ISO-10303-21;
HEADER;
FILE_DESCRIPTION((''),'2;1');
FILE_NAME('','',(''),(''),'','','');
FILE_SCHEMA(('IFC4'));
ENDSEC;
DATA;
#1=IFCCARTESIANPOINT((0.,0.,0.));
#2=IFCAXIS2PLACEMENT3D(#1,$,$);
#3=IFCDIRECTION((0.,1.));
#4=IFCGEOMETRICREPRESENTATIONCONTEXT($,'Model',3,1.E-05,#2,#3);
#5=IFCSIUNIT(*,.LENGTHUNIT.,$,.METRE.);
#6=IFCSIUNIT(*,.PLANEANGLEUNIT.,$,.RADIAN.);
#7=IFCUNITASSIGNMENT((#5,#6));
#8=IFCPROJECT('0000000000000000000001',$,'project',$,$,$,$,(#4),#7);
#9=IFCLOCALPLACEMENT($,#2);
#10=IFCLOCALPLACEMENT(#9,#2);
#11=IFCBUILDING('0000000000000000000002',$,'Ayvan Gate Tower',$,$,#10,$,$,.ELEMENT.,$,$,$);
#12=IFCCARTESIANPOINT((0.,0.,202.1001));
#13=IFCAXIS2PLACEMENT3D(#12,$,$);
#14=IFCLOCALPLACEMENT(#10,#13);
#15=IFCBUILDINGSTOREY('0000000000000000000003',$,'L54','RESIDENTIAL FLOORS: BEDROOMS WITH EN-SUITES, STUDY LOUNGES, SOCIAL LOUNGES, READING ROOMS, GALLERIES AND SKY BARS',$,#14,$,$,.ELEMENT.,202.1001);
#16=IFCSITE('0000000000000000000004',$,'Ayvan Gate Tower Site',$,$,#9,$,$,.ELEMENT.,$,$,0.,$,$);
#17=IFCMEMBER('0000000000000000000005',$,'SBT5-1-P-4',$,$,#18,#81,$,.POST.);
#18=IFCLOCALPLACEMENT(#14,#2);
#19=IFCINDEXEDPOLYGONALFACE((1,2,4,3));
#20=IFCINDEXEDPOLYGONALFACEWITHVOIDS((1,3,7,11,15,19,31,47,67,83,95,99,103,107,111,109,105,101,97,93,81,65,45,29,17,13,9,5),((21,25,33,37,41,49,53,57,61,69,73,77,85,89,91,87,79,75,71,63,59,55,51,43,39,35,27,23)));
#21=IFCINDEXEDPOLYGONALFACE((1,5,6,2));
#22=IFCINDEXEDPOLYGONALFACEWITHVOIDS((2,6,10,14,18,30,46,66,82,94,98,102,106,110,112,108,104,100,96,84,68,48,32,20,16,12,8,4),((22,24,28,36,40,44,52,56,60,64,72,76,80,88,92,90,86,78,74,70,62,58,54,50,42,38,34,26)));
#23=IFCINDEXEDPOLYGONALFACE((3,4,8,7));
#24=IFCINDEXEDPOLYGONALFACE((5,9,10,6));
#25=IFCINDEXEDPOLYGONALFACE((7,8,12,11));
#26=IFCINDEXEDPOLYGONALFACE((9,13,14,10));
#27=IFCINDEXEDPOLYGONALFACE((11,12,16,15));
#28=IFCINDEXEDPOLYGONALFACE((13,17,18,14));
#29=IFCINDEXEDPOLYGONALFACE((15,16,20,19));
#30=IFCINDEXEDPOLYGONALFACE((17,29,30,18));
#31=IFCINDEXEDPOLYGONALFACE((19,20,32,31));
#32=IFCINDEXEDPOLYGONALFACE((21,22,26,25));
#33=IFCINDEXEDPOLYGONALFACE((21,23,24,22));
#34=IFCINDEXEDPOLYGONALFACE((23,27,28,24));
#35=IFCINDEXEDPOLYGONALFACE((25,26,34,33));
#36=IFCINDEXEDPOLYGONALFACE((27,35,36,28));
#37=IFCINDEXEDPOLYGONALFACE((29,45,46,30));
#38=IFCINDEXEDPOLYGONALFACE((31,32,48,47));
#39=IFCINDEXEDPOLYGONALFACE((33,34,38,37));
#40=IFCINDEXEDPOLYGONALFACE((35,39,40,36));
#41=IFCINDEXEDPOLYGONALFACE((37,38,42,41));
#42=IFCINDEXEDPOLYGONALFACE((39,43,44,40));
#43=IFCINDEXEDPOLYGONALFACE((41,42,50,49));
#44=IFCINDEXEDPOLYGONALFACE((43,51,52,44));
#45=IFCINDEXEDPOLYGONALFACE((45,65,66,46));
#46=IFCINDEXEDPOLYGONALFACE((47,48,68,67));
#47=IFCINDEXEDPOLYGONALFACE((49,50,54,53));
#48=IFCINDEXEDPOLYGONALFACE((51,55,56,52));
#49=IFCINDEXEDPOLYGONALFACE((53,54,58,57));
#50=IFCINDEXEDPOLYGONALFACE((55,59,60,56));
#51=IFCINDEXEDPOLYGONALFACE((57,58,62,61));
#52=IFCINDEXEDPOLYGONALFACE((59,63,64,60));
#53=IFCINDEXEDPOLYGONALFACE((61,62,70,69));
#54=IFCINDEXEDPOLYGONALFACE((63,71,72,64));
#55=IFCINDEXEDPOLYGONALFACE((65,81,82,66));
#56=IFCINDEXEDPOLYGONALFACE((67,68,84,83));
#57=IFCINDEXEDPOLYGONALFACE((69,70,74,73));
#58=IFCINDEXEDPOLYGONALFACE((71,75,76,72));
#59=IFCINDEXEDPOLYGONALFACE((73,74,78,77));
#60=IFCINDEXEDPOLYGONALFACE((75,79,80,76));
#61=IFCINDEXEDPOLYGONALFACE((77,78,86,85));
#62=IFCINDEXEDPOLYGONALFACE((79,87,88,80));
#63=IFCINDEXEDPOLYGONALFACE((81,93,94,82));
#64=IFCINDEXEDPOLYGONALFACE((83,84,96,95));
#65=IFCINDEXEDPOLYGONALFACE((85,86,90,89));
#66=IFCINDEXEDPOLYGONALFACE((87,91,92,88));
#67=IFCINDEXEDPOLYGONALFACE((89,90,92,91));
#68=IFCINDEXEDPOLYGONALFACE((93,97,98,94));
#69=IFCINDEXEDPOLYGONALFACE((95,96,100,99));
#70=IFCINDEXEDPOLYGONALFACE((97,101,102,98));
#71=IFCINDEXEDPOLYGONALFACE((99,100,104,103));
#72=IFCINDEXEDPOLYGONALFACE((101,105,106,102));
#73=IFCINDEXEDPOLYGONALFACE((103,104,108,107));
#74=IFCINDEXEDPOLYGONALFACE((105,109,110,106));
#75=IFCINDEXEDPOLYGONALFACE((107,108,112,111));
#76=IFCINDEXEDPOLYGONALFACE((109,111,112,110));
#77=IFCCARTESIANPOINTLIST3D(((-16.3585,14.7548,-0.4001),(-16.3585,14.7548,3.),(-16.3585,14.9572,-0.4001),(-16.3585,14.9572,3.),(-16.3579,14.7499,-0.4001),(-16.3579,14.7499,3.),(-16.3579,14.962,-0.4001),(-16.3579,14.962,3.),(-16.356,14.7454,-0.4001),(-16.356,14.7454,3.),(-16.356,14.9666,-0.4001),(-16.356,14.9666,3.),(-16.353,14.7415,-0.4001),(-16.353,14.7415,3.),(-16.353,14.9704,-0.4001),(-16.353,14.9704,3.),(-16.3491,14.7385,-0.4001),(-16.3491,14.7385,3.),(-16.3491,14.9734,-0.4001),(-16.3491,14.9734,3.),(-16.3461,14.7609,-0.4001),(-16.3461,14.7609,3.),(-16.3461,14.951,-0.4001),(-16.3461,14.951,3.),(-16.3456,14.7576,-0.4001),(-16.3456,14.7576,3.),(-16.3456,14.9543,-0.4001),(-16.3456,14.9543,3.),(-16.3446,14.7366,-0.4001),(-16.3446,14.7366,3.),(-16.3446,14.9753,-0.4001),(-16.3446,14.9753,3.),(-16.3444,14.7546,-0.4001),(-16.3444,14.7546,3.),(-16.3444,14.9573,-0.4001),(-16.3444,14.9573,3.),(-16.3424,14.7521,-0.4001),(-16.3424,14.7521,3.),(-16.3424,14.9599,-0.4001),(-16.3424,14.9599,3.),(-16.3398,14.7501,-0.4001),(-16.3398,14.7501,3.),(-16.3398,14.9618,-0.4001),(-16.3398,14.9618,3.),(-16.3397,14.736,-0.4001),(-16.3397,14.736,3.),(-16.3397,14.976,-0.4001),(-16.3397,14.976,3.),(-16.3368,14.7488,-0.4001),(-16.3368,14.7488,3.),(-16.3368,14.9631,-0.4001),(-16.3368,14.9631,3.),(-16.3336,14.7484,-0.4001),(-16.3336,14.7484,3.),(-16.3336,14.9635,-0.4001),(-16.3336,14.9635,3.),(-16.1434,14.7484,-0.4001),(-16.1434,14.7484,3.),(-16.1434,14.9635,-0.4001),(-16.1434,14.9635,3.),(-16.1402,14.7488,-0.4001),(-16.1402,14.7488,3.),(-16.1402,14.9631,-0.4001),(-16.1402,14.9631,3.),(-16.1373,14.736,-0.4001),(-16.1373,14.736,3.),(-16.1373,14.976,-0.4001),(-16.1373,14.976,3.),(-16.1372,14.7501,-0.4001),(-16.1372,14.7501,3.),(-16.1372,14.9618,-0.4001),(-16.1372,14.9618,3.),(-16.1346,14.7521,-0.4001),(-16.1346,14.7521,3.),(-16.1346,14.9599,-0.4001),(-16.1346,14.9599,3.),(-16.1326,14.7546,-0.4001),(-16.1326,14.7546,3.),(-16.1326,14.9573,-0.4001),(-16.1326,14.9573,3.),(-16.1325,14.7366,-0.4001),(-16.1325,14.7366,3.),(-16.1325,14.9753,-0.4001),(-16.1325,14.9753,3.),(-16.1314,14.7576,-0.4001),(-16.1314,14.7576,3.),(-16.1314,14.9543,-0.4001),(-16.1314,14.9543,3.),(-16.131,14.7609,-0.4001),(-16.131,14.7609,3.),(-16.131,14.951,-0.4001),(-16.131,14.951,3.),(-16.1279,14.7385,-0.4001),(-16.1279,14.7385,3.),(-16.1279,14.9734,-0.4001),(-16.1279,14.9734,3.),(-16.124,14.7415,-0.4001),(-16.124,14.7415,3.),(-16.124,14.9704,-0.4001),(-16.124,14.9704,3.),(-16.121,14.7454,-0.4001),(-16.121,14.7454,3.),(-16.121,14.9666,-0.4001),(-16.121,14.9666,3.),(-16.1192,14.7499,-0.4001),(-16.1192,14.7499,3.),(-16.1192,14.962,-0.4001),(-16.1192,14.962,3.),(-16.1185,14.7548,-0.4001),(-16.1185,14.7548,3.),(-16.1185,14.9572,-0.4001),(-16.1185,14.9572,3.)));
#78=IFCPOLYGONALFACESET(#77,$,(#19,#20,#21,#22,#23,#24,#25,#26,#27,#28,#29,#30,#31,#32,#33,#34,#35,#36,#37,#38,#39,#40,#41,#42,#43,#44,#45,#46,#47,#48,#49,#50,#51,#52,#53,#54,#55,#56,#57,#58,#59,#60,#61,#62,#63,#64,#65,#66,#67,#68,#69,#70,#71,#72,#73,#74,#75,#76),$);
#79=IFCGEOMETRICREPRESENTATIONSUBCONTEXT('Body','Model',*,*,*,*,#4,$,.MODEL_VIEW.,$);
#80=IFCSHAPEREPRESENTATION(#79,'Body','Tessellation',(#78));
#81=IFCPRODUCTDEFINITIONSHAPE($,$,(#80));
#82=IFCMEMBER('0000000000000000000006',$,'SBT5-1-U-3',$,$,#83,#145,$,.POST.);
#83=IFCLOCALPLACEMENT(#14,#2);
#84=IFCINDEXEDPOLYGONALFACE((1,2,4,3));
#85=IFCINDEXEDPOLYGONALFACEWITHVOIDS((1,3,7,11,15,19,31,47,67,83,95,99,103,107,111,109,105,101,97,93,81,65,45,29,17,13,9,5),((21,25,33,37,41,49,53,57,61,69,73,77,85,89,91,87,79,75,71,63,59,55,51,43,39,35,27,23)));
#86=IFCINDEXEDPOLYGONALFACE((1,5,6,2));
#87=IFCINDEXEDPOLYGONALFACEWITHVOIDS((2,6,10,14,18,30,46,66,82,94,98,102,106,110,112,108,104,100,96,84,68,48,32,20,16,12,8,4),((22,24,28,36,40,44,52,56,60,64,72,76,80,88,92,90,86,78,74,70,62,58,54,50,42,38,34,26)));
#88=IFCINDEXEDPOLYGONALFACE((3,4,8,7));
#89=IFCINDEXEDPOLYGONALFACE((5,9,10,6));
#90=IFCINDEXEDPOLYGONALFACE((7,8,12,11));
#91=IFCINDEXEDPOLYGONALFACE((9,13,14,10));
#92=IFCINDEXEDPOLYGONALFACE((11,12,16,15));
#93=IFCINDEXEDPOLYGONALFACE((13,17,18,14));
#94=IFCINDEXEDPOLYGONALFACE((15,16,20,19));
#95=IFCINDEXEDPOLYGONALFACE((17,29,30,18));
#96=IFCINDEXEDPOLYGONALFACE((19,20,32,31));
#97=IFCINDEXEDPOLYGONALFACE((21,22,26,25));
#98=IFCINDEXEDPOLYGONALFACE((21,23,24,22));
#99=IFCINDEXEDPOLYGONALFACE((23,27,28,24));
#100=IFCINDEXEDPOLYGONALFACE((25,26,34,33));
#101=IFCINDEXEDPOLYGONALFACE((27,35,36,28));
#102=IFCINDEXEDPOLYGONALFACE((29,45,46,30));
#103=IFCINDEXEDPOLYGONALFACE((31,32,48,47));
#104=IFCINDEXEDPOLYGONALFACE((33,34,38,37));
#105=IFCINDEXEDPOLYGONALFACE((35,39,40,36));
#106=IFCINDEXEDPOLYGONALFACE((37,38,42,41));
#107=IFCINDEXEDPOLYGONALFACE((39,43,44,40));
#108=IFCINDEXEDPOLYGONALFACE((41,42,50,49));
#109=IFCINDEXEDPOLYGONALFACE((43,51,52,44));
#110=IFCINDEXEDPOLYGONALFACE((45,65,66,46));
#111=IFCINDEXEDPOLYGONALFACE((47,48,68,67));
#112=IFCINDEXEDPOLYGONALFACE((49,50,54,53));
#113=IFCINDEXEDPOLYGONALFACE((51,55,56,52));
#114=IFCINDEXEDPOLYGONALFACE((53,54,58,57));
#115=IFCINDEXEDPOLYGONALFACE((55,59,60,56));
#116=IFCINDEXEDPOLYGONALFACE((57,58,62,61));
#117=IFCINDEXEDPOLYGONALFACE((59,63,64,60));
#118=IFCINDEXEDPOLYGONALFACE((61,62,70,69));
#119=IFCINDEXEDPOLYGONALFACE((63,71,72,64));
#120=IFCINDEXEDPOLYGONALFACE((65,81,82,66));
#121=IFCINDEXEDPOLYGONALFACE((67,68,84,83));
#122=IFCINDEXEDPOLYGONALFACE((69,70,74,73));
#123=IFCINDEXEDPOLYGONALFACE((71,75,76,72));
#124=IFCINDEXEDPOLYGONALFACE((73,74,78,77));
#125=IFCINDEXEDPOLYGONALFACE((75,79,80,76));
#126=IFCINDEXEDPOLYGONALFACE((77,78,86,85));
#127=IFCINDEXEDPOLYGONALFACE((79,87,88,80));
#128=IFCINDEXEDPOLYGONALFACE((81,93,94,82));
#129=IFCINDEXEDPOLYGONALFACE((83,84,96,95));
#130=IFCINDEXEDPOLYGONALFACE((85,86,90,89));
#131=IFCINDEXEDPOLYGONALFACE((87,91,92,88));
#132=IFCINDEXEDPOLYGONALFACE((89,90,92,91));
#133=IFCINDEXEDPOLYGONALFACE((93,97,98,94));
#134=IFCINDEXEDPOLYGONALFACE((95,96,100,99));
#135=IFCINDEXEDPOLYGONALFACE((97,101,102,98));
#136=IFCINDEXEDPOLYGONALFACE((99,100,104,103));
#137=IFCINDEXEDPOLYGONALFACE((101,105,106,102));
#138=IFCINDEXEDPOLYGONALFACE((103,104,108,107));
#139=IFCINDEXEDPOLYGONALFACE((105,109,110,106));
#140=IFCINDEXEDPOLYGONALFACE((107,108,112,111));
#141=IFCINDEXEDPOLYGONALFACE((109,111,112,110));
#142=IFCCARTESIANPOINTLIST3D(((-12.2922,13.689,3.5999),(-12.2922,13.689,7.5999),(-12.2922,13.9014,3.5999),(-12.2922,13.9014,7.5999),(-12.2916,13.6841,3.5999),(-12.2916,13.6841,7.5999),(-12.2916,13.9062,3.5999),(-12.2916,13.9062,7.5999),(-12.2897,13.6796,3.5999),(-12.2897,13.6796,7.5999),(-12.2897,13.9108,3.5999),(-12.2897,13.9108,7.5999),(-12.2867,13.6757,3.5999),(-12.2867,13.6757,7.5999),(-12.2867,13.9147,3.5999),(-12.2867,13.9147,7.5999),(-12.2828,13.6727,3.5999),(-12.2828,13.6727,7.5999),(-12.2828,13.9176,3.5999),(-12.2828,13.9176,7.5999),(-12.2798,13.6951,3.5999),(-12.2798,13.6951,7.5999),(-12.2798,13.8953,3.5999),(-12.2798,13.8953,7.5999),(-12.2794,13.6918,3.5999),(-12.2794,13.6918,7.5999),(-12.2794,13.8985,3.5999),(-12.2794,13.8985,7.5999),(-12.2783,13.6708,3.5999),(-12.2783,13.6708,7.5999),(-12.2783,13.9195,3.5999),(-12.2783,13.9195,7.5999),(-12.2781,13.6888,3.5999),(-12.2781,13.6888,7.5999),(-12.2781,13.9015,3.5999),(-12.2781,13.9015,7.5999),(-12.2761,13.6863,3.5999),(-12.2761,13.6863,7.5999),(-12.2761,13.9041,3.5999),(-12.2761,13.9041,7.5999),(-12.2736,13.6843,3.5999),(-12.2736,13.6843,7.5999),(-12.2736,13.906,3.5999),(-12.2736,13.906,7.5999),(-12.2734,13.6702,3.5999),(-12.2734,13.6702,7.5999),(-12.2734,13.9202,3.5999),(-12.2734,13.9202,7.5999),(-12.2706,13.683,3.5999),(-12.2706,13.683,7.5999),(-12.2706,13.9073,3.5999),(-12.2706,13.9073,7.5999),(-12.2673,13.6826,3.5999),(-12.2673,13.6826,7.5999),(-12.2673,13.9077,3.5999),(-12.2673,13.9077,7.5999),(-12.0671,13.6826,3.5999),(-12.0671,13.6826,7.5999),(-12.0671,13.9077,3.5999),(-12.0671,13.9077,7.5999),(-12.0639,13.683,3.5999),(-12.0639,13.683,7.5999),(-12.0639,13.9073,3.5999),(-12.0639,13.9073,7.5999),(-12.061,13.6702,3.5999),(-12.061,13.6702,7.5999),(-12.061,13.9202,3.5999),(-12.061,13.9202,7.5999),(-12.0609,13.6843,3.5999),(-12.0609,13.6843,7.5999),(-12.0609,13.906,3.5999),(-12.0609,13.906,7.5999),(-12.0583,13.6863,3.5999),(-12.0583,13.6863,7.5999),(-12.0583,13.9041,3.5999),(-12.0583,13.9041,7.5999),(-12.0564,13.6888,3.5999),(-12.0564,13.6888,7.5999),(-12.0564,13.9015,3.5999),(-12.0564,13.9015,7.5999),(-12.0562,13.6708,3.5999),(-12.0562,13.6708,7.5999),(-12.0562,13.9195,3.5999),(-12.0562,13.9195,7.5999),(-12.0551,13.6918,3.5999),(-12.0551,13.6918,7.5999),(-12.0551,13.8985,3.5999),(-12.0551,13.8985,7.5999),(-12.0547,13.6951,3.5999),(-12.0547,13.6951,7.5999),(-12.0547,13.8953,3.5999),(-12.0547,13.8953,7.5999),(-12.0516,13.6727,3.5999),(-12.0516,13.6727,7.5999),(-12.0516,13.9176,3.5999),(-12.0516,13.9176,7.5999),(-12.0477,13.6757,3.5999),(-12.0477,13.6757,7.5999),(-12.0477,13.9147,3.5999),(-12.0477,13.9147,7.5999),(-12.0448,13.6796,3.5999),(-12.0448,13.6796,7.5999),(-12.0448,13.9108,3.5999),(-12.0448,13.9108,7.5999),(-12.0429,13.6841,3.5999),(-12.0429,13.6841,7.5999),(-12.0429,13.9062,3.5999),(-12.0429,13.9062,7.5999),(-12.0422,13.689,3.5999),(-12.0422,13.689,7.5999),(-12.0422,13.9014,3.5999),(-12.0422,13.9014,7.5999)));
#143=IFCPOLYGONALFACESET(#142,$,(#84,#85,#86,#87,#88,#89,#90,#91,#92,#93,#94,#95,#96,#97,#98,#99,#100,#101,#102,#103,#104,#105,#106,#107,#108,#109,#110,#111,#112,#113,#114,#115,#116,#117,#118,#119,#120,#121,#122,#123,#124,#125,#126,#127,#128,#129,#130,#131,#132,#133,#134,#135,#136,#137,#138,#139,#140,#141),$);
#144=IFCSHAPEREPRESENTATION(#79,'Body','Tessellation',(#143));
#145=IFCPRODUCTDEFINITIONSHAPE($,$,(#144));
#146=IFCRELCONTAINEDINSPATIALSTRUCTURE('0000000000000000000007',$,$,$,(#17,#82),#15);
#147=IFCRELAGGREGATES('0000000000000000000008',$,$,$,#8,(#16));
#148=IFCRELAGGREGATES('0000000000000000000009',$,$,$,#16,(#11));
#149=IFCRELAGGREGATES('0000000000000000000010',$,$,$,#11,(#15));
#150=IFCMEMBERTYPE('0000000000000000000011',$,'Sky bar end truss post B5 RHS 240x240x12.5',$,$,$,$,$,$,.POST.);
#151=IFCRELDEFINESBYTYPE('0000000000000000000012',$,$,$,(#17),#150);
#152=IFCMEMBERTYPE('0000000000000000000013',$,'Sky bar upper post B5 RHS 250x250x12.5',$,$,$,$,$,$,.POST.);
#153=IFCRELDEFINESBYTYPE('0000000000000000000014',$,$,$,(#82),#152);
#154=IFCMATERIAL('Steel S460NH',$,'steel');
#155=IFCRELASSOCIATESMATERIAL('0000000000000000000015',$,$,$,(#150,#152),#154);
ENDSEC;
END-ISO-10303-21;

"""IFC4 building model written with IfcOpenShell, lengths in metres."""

from ifc_helpers import new_model, si_unit, direction, frame, origin, origin_2d, place, context, subcontext, project, spatial, hollow_rectangle, extrude, material, material_profile, profile_set, type_object, element, save


model = new_model("IFC4")

# Units and contexts
model_context = context("Model", 3, precision=1e-05, world=origin(), true_north=direction((0.0, 1.0)))
body_context = subcontext(model_context, "Body", "Model", "MODEL_VIEW")
ifc_project = project(units=[si_unit("LENGTHUNIT", "METRE"), si_unit("PLANEANGLEUNIT", "RADIAN")], contexts=[model_context])

# Site, building, storey
site_placement = place(None, origin())
site = spatial("IfcSite", under=ifc_project, at=site_placement, Name="Ayvan Gate Tower Site", CompositionType="ELEMENT", RefElevation=0.0)
building_placement = place(site_placement, origin())
building = spatial("IfcBuilding", under=site, at=building_placement, Name="Ayvan Gate Tower", CompositionType="ELEMENT")
storey_placement = place(building_placement, frame((0.0, 0.0, 202.1001)))
storey = spatial("IfcBuildingStorey", under=building, at=storey_placement, Name="L54", Description="RESIDENTIAL FLOORS: BEDROOMS WITH EN-SUITES, STUDY LOUNGES, SOCIAL LOUNGES, READING ROOMS, GALLERIES AND SKY BARS", CompositionType="ELEMENT", Elevation=202.1001)

# Members
ifc_material_1 = material(Name="Steel S460NH", Category="steel")
ifc_material_profile_1 = material_profile(ifc_material_1, hollow_rectangle(XDim=0.24, YDim=0.24, WallThickness=0.0125, InnerFilletRadius=0.0125, OuterFilletRadius=0.0188, at=origin_2d()), Name="RHS 240x240x12.5")
ifc_profile_set_1 = profile_set([ifc_material_profile_1], Name="Steel S460NH")
member_type_1 = type_object("IfcMemberType", Name="Sky bar end truss post B5 RHS 240x240x12.5", PredefinedType="POST", material=ifc_profile_set_1)
for number, where, z_axis, x_axis, name in (
    (1, (-16.2385, 14.856, -0.4001), (0.0, 0.0, 1.0), (1.0, 0.0, 0.0), "SBT5-1-P-4"),
):
    element("IfcMember", number, at=place(storey_placement, frame(where, z_axis=z_axis, x_axis=x_axis)), inside=storey, type_object=member_type_1, Name=name, PredefinedType="POST", context=body_context, shape_type="SweptSolid", body=[
        extrude(hollow_rectangle(XDim=0.24, YDim=0.24, WallThickness=0.0125, InnerFilletRadius=0.0125, OuterFilletRadius=0.0188, at=origin_2d()), origin(), (0.0, 0.0, 1.0), 3.4001),
    ])
ifc_material_profile_2 = material_profile(ifc_material_1, hollow_rectangle(XDim=0.25, YDim=0.25, WallThickness=0.0125, InnerFilletRadius=0.0125, OuterFilletRadius=0.0188, at=origin_2d()), Name="RHS 250x250x12.5")
ifc_profile_set_2 = profile_set([ifc_material_profile_2], Name="Steel S460NH")
member_type_2 = type_object("IfcMemberType", Name="Sky bar upper post B5 RHS 250x250x12.5", PredefinedType="POST", material=ifc_profile_set_2)
for number, where, z_axis, x_axis, name in (
    (2, (-12.1672, 13.7952, 3.5999), (0.0, 0.0, 1.0), (1.0, 0.0, 0.0), "SBT5-1-U-3"),
):
    element("IfcMember", number, at=place(storey_placement, frame(where, z_axis=z_axis, x_axis=x_axis)), inside=storey, type_object=member_type_2, Name=name, PredefinedType="POST", context=body_context, shape_type="SweptSolid", body=[
        extrude(hollow_rectangle(XDim=0.25, YDim=0.25, WallThickness=0.0125, InnerFilletRadius=0.0125, OuterFilletRadius=0.0188, at=origin_2d()), origin(), (0.0, 0.0, 1.0), 4.0),
    ])

save(model, "model.ifc")
